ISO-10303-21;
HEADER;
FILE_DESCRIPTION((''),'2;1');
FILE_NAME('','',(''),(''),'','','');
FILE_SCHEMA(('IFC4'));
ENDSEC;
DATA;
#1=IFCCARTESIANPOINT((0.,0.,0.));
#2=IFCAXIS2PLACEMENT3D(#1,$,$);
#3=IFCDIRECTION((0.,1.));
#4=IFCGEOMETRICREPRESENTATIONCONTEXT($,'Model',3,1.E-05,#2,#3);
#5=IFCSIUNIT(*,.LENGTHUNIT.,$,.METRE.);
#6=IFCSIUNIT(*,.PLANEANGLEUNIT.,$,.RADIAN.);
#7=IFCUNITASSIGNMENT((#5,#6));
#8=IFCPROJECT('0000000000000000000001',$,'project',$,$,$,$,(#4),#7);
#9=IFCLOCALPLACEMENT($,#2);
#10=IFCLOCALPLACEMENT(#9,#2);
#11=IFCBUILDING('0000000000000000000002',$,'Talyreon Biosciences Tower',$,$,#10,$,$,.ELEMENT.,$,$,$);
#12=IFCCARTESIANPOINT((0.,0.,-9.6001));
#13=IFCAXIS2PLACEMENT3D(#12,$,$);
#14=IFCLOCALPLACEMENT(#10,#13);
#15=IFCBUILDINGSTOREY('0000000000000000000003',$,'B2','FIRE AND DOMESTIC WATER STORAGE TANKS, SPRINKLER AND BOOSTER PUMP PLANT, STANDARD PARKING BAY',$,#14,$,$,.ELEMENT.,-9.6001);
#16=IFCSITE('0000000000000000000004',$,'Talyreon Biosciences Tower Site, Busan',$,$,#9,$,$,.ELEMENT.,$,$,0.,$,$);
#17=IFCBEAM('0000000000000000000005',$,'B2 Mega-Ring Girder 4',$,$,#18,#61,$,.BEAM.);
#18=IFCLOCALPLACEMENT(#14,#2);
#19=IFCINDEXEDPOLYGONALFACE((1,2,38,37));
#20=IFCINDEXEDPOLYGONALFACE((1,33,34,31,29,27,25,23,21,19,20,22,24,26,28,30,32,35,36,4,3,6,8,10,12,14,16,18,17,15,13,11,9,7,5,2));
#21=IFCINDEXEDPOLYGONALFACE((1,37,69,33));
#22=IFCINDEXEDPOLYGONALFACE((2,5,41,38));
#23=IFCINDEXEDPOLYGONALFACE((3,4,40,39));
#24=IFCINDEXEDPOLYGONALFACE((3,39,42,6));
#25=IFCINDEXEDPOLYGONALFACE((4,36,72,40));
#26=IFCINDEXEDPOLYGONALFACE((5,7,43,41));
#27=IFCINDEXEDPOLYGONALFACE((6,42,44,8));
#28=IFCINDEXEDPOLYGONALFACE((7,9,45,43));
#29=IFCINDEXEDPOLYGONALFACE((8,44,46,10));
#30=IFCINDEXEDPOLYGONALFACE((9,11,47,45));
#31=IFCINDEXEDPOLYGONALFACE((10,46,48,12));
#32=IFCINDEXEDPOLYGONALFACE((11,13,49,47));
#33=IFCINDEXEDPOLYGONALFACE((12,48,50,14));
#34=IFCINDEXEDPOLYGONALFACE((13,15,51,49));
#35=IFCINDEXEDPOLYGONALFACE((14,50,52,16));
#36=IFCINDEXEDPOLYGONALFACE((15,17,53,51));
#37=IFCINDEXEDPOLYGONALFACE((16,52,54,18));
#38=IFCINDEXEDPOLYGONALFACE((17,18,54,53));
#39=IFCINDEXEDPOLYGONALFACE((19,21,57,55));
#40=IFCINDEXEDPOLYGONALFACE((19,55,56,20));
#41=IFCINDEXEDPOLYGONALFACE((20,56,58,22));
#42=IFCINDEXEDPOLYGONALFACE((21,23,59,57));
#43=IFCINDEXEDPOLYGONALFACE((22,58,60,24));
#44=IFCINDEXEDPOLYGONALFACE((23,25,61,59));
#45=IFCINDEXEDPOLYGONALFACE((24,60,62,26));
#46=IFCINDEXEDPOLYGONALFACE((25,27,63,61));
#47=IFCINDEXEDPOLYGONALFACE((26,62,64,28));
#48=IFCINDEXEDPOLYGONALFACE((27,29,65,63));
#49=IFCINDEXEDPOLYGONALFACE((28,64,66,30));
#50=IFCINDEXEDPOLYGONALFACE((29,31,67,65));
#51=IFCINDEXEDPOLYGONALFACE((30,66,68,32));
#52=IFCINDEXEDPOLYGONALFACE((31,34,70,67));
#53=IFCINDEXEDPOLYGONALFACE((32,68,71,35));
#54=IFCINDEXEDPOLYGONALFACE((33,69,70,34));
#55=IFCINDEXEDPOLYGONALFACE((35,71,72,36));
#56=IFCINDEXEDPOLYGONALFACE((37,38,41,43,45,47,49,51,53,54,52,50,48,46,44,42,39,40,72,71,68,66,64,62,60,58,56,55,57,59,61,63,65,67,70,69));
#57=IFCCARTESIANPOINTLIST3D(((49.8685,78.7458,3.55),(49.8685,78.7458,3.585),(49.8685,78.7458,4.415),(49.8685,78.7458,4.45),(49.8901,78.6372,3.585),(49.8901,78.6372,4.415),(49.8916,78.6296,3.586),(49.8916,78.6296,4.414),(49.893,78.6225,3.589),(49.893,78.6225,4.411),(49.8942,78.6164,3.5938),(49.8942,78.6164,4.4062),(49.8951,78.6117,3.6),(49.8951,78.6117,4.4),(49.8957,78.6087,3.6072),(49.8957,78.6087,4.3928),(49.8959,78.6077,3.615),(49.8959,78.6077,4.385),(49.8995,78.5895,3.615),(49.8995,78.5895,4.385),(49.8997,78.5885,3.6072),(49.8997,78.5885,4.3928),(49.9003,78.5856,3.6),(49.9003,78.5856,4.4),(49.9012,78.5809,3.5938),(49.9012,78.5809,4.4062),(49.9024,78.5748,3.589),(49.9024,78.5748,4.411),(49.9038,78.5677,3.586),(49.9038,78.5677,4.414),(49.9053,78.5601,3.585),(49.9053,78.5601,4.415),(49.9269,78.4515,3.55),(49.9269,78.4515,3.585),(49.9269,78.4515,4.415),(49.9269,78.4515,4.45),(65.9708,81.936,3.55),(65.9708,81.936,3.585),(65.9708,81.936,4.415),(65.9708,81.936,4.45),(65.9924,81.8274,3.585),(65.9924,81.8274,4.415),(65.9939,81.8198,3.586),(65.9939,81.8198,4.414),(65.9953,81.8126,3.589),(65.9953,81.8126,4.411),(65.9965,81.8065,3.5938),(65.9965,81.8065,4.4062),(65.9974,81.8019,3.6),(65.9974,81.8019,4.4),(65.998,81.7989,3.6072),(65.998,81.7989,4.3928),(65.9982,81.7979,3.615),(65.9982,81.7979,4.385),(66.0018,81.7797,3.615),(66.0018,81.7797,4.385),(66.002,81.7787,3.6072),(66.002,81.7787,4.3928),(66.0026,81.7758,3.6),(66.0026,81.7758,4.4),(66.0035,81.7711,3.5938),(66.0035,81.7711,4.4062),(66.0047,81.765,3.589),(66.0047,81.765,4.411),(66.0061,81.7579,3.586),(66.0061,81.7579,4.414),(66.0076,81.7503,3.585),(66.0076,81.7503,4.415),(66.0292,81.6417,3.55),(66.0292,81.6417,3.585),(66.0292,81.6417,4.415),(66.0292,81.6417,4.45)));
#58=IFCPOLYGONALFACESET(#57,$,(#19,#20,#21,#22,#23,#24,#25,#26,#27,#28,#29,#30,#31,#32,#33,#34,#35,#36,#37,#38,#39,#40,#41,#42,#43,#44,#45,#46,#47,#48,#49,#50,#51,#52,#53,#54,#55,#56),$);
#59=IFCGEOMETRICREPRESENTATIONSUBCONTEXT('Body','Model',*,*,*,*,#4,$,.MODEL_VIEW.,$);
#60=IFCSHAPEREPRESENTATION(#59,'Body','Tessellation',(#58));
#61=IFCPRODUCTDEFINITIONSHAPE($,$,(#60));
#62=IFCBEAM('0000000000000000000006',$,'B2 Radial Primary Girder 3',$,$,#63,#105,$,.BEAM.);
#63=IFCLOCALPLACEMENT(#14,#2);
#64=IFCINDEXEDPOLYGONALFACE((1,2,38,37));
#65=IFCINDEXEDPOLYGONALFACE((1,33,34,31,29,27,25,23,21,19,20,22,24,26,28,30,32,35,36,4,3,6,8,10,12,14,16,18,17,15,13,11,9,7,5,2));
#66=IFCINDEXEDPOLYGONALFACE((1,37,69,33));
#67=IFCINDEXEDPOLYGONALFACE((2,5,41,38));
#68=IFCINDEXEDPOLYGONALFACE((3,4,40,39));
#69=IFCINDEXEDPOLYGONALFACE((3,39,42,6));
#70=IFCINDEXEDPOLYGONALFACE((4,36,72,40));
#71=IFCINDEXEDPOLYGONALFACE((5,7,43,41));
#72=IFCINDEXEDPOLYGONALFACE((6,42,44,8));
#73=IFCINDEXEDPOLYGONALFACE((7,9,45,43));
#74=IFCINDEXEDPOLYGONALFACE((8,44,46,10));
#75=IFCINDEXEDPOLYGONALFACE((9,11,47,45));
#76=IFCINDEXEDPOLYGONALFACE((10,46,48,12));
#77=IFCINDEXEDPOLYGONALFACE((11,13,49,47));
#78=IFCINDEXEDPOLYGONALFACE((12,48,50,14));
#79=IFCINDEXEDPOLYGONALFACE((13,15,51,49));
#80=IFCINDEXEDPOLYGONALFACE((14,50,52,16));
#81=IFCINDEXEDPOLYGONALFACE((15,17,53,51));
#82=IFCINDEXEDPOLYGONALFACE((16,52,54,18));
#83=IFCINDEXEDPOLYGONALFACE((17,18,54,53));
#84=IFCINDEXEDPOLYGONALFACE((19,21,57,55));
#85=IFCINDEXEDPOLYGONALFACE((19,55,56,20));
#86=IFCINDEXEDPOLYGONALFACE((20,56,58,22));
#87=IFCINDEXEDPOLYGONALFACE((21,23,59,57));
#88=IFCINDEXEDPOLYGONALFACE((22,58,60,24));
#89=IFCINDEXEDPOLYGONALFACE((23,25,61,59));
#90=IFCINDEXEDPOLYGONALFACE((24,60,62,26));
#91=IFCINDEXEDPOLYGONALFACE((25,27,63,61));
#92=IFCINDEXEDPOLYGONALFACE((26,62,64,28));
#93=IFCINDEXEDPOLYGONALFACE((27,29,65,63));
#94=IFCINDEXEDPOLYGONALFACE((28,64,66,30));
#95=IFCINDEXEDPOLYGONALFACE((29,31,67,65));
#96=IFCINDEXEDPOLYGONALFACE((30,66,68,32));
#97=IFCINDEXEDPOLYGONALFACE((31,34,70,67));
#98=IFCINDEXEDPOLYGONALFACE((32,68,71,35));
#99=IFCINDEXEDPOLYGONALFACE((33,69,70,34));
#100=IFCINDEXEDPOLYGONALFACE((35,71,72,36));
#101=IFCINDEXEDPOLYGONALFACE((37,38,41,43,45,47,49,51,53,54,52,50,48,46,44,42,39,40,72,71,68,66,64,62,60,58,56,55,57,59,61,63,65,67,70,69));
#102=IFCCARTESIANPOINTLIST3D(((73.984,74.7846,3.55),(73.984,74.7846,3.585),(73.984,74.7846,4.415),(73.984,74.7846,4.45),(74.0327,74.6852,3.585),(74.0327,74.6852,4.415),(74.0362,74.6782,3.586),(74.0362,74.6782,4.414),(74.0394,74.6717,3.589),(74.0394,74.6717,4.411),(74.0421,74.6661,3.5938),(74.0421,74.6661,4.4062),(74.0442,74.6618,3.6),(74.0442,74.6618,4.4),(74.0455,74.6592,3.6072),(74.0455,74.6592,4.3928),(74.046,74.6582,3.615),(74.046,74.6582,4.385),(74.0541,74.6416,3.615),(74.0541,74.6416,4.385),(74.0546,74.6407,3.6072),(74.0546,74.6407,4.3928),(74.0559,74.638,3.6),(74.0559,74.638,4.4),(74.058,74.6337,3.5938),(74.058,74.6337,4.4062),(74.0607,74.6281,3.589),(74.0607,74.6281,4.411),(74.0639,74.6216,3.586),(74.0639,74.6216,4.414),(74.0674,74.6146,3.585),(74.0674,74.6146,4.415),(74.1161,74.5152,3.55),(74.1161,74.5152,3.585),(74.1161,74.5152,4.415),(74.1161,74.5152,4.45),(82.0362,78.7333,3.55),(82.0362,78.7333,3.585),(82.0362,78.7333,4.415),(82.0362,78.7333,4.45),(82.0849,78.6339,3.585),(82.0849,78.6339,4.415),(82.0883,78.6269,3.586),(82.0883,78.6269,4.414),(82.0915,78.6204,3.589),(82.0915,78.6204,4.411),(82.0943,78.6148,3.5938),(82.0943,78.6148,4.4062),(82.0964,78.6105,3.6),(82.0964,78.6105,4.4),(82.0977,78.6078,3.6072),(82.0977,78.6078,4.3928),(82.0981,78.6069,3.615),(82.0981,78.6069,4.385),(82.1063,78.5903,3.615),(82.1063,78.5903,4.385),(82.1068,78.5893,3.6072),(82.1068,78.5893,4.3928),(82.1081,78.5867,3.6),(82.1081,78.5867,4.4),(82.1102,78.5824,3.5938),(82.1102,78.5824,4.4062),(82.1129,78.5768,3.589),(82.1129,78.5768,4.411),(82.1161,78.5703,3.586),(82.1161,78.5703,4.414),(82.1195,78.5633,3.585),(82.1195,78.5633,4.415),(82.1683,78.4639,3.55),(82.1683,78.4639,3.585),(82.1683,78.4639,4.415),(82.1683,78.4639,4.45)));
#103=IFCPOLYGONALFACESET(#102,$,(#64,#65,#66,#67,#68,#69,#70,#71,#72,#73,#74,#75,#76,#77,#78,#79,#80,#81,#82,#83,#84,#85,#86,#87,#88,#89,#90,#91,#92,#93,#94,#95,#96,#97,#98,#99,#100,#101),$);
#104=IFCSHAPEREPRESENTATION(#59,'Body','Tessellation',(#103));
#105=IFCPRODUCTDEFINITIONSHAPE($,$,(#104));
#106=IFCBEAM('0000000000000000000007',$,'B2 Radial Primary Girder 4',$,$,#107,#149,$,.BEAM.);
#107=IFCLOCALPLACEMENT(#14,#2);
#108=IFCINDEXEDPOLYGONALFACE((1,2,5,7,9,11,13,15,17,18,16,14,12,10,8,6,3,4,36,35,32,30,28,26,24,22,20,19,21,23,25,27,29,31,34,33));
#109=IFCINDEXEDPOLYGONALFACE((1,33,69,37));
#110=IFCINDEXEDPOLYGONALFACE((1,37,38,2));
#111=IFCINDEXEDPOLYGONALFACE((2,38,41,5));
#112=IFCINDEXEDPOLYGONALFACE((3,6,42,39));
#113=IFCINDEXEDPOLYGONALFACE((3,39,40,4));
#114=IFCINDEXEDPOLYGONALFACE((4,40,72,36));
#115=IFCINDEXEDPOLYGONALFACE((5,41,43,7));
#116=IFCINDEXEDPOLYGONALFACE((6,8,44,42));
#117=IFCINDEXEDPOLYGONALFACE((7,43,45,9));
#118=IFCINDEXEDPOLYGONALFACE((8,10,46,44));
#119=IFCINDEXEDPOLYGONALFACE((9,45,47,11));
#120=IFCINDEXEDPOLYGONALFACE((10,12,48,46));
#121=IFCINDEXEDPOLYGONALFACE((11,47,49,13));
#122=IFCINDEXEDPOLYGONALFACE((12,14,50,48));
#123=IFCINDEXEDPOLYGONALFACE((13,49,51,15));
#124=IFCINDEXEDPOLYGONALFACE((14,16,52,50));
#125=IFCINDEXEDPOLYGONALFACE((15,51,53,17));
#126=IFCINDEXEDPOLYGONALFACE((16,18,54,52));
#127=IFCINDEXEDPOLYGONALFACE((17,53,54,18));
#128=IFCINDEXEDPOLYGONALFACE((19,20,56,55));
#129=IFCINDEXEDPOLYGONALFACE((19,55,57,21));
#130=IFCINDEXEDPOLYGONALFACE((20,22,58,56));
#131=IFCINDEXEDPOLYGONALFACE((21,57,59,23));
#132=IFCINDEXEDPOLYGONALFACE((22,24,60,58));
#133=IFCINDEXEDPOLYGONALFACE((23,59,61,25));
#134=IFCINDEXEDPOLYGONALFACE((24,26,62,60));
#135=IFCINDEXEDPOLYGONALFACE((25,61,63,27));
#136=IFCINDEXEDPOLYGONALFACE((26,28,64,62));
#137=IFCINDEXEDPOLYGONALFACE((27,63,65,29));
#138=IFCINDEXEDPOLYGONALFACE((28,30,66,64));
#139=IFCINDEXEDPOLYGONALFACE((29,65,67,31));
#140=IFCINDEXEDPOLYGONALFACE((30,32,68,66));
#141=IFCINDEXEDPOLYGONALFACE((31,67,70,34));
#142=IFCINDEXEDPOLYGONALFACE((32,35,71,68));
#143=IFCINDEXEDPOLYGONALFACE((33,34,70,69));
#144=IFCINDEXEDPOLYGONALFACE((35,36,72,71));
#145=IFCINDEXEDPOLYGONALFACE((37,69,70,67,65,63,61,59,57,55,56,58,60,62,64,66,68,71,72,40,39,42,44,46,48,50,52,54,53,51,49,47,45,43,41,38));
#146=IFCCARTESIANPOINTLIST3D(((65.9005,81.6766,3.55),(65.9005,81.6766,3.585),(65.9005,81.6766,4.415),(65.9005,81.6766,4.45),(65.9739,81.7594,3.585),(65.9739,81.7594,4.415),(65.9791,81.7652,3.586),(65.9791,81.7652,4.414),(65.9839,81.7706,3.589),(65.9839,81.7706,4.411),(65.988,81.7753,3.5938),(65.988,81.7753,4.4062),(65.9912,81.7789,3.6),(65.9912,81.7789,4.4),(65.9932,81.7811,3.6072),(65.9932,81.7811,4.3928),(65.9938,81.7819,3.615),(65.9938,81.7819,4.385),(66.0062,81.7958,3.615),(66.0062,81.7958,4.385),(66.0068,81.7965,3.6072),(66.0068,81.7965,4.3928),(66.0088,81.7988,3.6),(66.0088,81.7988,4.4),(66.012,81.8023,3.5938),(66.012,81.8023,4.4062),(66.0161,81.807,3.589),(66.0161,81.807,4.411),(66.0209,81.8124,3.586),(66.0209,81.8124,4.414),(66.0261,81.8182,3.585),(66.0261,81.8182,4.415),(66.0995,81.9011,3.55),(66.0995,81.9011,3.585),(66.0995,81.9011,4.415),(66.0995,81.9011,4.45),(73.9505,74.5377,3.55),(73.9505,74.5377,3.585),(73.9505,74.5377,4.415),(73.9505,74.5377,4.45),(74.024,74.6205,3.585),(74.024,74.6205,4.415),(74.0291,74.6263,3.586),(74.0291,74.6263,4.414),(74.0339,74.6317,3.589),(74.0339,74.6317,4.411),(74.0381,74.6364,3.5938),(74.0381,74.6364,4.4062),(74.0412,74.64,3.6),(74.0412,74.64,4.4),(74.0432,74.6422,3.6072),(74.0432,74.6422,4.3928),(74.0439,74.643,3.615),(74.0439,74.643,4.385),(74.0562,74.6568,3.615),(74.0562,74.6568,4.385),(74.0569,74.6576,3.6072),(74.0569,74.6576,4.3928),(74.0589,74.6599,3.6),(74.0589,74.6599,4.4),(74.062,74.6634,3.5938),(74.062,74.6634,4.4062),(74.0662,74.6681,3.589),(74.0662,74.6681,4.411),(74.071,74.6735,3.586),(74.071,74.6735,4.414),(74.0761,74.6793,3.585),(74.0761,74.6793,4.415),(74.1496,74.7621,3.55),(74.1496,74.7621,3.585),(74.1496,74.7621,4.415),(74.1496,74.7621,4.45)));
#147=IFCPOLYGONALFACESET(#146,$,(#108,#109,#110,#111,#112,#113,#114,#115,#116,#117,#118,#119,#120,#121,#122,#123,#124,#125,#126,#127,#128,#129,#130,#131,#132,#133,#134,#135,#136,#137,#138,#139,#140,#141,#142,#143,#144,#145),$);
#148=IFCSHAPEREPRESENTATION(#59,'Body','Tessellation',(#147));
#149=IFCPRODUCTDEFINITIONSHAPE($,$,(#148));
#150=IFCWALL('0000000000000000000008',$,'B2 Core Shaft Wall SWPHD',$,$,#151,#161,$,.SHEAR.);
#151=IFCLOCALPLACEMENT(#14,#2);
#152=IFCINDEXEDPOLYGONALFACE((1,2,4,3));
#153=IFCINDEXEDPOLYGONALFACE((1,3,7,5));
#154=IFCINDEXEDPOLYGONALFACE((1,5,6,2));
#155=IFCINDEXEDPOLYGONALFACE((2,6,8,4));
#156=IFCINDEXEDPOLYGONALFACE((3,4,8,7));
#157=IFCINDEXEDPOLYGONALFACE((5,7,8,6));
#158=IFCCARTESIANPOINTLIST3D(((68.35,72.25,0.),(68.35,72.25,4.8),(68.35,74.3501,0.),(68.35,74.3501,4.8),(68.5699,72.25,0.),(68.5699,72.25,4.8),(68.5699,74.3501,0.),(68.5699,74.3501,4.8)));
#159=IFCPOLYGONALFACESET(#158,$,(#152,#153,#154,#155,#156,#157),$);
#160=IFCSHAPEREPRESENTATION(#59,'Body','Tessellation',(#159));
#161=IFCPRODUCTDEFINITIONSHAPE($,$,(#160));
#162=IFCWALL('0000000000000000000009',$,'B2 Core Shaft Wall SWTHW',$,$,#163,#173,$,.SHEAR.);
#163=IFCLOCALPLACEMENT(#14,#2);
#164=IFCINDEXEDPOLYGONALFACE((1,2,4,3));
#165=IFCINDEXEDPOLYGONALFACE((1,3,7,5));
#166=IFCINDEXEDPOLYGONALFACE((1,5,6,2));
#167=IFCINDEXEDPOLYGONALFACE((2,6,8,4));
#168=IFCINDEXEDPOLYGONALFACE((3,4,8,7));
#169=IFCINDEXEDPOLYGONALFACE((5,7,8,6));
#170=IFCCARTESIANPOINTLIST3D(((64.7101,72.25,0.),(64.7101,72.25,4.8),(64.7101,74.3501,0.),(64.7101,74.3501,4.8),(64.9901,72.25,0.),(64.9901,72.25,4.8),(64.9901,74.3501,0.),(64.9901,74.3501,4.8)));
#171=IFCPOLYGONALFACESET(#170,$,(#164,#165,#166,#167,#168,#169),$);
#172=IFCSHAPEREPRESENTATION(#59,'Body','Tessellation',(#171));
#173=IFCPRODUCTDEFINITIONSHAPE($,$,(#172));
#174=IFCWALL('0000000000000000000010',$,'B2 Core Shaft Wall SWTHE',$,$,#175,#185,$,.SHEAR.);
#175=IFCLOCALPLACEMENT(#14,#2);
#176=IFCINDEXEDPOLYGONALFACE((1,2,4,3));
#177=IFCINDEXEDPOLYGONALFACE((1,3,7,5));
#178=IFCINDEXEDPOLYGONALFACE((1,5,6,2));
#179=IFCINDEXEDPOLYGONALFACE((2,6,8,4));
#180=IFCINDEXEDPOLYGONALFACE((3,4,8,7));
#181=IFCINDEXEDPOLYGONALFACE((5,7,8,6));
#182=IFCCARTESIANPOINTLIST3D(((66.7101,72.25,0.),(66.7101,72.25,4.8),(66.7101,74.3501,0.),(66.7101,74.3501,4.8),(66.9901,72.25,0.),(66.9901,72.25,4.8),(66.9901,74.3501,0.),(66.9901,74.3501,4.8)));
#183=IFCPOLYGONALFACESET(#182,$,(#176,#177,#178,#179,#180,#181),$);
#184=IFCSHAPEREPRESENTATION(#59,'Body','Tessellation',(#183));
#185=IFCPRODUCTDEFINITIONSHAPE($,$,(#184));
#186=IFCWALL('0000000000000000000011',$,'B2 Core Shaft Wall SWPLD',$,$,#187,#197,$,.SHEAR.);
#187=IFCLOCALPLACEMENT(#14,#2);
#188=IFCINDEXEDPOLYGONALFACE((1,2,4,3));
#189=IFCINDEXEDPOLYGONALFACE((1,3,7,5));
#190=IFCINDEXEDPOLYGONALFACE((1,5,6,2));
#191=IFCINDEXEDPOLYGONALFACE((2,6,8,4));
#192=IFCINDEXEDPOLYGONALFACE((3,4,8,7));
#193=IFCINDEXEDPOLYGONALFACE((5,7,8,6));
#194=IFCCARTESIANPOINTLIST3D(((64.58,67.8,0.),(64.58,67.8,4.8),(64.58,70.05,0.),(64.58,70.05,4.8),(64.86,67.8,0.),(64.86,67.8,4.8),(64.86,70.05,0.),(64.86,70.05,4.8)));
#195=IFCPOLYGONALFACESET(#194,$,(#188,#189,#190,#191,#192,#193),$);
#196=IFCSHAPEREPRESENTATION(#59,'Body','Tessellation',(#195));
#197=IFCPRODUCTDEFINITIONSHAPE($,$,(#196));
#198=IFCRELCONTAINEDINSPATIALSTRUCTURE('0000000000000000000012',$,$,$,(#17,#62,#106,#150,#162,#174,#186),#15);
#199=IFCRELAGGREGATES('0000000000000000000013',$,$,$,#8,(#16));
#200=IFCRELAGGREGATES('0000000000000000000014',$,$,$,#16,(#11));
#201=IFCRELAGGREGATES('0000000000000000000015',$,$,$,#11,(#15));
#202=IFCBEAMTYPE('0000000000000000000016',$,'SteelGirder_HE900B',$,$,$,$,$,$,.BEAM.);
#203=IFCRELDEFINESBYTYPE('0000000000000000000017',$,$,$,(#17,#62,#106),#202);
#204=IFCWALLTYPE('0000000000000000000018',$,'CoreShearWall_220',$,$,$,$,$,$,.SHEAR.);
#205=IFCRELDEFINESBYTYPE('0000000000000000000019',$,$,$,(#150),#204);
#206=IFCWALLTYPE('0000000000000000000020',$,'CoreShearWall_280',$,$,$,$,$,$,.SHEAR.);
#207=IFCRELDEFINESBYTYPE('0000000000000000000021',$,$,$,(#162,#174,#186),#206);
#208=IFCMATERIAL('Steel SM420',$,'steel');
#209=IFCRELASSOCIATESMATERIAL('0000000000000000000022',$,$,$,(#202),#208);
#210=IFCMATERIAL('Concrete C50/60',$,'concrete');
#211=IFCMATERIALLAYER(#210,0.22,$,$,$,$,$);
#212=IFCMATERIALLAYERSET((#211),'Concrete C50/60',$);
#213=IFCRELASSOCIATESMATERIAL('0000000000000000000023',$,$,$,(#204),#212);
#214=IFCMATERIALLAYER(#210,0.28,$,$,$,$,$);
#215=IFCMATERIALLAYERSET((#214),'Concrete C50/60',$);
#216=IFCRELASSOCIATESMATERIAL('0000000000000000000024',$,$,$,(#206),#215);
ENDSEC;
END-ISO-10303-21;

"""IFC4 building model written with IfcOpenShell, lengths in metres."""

from ifc_helpers import new_model, si_unit, direction, frame, frame_2d, origin, origin_2d, place, context, subcontext, project, spatial, rectangle, i_section, extrude, material, layer, layer_set, material_profile, profile_set, type_object, element, save


model = new_model("IFC4")

# Units and contexts
model_context = context("Model", 3, precision=1e-05, world=origin(), true_north=direction((0.0, 1.0)))
body_context = subcontext(model_context, "Body", "Model", "MODEL_VIEW")
ifc_project = project(units=[si_unit("LENGTHUNIT", "METRE"), si_unit("PLANEANGLEUNIT", "RADIAN")], contexts=[model_context])

# Site, building, storey
site_placement = place(None, origin())
site = spatial("IfcSite", under=ifc_project, at=site_placement, Name="Talyreon Biosciences Tower Site, Busan", CompositionType="ELEMENT", RefElevation=0.0)
building_placement = place(site_placement, origin())
building = spatial("IfcBuilding", under=site, at=building_placement, Name="Talyreon Biosciences Tower", CompositionType="ELEMENT")
storey_placement = place(building_placement, frame((0.0, 0.0, -9.6001)))
storey = spatial("IfcBuildingStorey", under=building, at=storey_placement, Name="B2", Description="FIRE AND DOMESTIC WATER STORAGE TANKS, SPRINKLER AND BOOSTER PUMP PLANT, STANDARD PARKING BAY", CompositionType="ELEMENT", Elevation=-9.6001)

# Shared definitions
ifc_material_1 = material(Name="Concrete C50/60", Category="concrete")

# Beams
ifc_material_2 = material(Name="Steel SM420", Category="steel")
ifc_material_profile_1 = material_profile(ifc_material_2, i_section(OverallWidth=0.3, OverallDepth=0.8999, WebThickness=0.0186, FlangeThickness=0.0349, FilletRadius=0.03, at=origin_2d()), Name="HE900B")
ifc_profile_set_1 = profile_set([ifc_material_profile_1], Name="Steel SM420")
beam_type_1 = type_object("IfcBeamType", Name="SteelGirder_HE900B", PredefinedType="BEAM", material=ifc_profile_set_1)
beam_1_placement = place(storey_placement, frame((66.0, 81.7888, 4.0), z_axis=(-0.980934, -0.194343, 0.0), x_axis=(0.194343, -0.980934, 0.0)))
element("IfcBeam", 1, at=beam_1_placement, inside=storey, type_object=beam_type_1, Name="B2 Mega-Ring Girder 4", PredefinedType="BEAM", context=body_context, shape_type="SweptSolid", body=[
    extrude(i_section(OverallWidth=0.3, OverallDepth=0.8999, WebThickness=0.0186, FlangeThickness=0.0349, FilletRadius=0.03, at=origin_2d()), origin(), (0.0, 0.0, 1.0), 16.4153),
])
beam_2_placement = place(storey_placement, frame((74.05, 74.6499, 4.0), z_axis=(0.897852, 0.440297, 0.0), x_axis=(-0.440297, 0.897852, 0.0)))
element("IfcBeam", 2, at=beam_2_placement, inside=storey, type_object=beam_type_1, Name="B2 Radial Primary Girder 3", PredefinedType="BEAM", context=body_context, shape_type="SweptSolid", body=[
    extrude(i_section(OverallWidth=0.3, OverallDepth=0.8999, WebThickness=0.0186, FlangeThickness=0.0349, FilletRadius=0.03, at=origin_2d()), origin(), (0.0, 0.0, 1.0), 8.9683),
])
beam_3_placement = place(storey_placement, frame((74.05, 74.6499, 4.0), z_axis=(-0.748179, 0.663497, 0.0), x_axis=(-0.663497, -0.748179, 0.0)))
element("IfcBeam", 3, at=beam_3_placement, inside=storey, type_object=beam_type_1, Name="B2 Radial Primary Girder 4", PredefinedType="BEAM", context=body_context, shape_type="SweptSolid", body=[
    extrude(i_section(OverallWidth=0.3, OverallDepth=0.8999, WebThickness=0.0186, FlangeThickness=0.0349, FilletRadius=0.03, at=origin_2d()), origin(), (0.0, 0.0, 1.0), 10.7595),
])

# Walls
ifc_layer_1 = layer(ifc_material_1, 0.22)
ifc_layer_set_1 = layer_set([ifc_layer_1], Name="Concrete C50/60")
wall_type_1 = type_object("IfcWallType", Name="CoreShearWall_220", PredefinedType="SHEAR", material=ifc_layer_set_1)
wall_1_placement = place(storey_placement, frame((68.46, 72.25, 0.0), z_axis=(0.0, 0.0, 1.0), x_axis=(0.0, 1.0, 0.0)))
element("IfcWall", 4, at=wall_1_placement, inside=storey, type_object=wall_type_1, Name="B2 Core Shaft Wall SWPHD", PredefinedType="SHEAR", context=body_context, shape_type="SweptSolid", body=[
    extrude(rectangle(XDim=2.1001, YDim=0.22, at=frame_2d((1.05, 0.0))), origin(), (0.0, 0.0, 1.0), 4.8),
])
ifc_layer_2 = layer(ifc_material_1, 0.28)
ifc_layer_set_2 = layer_set([ifc_layer_2], Name="Concrete C50/60")
wall_type_2 = type_object("IfcWallType", Name="CoreShearWall_280", PredefinedType="SHEAR", material=ifc_layer_set_2)
for number, where, z_axis, x_axis, name in (
    (5, (64.8501, 72.25, 0.0), (0.0, 0.0, 1.0), (0.0, 1.0, 0.0), "B2 Core Shaft Wall SWTHW"),
    (6, (66.8501, 72.25, 0.0), (0.0, 0.0, 1.0), (0.0, 1.0, 0.0), "B2 Core Shaft Wall SWTHE"),
):
    element("IfcWall", number, at=place(storey_placement, frame(where, z_axis=z_axis, x_axis=x_axis)), inside=storey, type_object=wall_type_2, Name=name, PredefinedType="SHEAR", context=body_context, shape_type="SweptSolid", body=[
        extrude(rectangle(XDim=2.1001, YDim=0.28, at=frame_2d((1.05, 0.0))), origin(), (0.0, 0.0, 1.0), 4.8),
    ])
for number, where, z_axis, x_axis, name in (
    (7, (64.72, 67.8, 0.0), (0.0, 0.0, 1.0), (0.0, 1.0, 0.0), "B2 Core Shaft Wall SWPLD"),
):
    element("IfcWall", number, at=place(storey_placement, frame(where, z_axis=z_axis, x_axis=x_axis)), inside=storey, type_object=wall_type_2, Name=name, PredefinedType="SHEAR", context=body_context, shape_type="SweptSolid", body=[
        extrude(rectangle(XDim=2.25, YDim=0.28, at=frame_2d((1.125, 0.0))), origin(), (0.0, 0.0, 1.0), 4.8),
    ])

save(model, "model.ifc")
